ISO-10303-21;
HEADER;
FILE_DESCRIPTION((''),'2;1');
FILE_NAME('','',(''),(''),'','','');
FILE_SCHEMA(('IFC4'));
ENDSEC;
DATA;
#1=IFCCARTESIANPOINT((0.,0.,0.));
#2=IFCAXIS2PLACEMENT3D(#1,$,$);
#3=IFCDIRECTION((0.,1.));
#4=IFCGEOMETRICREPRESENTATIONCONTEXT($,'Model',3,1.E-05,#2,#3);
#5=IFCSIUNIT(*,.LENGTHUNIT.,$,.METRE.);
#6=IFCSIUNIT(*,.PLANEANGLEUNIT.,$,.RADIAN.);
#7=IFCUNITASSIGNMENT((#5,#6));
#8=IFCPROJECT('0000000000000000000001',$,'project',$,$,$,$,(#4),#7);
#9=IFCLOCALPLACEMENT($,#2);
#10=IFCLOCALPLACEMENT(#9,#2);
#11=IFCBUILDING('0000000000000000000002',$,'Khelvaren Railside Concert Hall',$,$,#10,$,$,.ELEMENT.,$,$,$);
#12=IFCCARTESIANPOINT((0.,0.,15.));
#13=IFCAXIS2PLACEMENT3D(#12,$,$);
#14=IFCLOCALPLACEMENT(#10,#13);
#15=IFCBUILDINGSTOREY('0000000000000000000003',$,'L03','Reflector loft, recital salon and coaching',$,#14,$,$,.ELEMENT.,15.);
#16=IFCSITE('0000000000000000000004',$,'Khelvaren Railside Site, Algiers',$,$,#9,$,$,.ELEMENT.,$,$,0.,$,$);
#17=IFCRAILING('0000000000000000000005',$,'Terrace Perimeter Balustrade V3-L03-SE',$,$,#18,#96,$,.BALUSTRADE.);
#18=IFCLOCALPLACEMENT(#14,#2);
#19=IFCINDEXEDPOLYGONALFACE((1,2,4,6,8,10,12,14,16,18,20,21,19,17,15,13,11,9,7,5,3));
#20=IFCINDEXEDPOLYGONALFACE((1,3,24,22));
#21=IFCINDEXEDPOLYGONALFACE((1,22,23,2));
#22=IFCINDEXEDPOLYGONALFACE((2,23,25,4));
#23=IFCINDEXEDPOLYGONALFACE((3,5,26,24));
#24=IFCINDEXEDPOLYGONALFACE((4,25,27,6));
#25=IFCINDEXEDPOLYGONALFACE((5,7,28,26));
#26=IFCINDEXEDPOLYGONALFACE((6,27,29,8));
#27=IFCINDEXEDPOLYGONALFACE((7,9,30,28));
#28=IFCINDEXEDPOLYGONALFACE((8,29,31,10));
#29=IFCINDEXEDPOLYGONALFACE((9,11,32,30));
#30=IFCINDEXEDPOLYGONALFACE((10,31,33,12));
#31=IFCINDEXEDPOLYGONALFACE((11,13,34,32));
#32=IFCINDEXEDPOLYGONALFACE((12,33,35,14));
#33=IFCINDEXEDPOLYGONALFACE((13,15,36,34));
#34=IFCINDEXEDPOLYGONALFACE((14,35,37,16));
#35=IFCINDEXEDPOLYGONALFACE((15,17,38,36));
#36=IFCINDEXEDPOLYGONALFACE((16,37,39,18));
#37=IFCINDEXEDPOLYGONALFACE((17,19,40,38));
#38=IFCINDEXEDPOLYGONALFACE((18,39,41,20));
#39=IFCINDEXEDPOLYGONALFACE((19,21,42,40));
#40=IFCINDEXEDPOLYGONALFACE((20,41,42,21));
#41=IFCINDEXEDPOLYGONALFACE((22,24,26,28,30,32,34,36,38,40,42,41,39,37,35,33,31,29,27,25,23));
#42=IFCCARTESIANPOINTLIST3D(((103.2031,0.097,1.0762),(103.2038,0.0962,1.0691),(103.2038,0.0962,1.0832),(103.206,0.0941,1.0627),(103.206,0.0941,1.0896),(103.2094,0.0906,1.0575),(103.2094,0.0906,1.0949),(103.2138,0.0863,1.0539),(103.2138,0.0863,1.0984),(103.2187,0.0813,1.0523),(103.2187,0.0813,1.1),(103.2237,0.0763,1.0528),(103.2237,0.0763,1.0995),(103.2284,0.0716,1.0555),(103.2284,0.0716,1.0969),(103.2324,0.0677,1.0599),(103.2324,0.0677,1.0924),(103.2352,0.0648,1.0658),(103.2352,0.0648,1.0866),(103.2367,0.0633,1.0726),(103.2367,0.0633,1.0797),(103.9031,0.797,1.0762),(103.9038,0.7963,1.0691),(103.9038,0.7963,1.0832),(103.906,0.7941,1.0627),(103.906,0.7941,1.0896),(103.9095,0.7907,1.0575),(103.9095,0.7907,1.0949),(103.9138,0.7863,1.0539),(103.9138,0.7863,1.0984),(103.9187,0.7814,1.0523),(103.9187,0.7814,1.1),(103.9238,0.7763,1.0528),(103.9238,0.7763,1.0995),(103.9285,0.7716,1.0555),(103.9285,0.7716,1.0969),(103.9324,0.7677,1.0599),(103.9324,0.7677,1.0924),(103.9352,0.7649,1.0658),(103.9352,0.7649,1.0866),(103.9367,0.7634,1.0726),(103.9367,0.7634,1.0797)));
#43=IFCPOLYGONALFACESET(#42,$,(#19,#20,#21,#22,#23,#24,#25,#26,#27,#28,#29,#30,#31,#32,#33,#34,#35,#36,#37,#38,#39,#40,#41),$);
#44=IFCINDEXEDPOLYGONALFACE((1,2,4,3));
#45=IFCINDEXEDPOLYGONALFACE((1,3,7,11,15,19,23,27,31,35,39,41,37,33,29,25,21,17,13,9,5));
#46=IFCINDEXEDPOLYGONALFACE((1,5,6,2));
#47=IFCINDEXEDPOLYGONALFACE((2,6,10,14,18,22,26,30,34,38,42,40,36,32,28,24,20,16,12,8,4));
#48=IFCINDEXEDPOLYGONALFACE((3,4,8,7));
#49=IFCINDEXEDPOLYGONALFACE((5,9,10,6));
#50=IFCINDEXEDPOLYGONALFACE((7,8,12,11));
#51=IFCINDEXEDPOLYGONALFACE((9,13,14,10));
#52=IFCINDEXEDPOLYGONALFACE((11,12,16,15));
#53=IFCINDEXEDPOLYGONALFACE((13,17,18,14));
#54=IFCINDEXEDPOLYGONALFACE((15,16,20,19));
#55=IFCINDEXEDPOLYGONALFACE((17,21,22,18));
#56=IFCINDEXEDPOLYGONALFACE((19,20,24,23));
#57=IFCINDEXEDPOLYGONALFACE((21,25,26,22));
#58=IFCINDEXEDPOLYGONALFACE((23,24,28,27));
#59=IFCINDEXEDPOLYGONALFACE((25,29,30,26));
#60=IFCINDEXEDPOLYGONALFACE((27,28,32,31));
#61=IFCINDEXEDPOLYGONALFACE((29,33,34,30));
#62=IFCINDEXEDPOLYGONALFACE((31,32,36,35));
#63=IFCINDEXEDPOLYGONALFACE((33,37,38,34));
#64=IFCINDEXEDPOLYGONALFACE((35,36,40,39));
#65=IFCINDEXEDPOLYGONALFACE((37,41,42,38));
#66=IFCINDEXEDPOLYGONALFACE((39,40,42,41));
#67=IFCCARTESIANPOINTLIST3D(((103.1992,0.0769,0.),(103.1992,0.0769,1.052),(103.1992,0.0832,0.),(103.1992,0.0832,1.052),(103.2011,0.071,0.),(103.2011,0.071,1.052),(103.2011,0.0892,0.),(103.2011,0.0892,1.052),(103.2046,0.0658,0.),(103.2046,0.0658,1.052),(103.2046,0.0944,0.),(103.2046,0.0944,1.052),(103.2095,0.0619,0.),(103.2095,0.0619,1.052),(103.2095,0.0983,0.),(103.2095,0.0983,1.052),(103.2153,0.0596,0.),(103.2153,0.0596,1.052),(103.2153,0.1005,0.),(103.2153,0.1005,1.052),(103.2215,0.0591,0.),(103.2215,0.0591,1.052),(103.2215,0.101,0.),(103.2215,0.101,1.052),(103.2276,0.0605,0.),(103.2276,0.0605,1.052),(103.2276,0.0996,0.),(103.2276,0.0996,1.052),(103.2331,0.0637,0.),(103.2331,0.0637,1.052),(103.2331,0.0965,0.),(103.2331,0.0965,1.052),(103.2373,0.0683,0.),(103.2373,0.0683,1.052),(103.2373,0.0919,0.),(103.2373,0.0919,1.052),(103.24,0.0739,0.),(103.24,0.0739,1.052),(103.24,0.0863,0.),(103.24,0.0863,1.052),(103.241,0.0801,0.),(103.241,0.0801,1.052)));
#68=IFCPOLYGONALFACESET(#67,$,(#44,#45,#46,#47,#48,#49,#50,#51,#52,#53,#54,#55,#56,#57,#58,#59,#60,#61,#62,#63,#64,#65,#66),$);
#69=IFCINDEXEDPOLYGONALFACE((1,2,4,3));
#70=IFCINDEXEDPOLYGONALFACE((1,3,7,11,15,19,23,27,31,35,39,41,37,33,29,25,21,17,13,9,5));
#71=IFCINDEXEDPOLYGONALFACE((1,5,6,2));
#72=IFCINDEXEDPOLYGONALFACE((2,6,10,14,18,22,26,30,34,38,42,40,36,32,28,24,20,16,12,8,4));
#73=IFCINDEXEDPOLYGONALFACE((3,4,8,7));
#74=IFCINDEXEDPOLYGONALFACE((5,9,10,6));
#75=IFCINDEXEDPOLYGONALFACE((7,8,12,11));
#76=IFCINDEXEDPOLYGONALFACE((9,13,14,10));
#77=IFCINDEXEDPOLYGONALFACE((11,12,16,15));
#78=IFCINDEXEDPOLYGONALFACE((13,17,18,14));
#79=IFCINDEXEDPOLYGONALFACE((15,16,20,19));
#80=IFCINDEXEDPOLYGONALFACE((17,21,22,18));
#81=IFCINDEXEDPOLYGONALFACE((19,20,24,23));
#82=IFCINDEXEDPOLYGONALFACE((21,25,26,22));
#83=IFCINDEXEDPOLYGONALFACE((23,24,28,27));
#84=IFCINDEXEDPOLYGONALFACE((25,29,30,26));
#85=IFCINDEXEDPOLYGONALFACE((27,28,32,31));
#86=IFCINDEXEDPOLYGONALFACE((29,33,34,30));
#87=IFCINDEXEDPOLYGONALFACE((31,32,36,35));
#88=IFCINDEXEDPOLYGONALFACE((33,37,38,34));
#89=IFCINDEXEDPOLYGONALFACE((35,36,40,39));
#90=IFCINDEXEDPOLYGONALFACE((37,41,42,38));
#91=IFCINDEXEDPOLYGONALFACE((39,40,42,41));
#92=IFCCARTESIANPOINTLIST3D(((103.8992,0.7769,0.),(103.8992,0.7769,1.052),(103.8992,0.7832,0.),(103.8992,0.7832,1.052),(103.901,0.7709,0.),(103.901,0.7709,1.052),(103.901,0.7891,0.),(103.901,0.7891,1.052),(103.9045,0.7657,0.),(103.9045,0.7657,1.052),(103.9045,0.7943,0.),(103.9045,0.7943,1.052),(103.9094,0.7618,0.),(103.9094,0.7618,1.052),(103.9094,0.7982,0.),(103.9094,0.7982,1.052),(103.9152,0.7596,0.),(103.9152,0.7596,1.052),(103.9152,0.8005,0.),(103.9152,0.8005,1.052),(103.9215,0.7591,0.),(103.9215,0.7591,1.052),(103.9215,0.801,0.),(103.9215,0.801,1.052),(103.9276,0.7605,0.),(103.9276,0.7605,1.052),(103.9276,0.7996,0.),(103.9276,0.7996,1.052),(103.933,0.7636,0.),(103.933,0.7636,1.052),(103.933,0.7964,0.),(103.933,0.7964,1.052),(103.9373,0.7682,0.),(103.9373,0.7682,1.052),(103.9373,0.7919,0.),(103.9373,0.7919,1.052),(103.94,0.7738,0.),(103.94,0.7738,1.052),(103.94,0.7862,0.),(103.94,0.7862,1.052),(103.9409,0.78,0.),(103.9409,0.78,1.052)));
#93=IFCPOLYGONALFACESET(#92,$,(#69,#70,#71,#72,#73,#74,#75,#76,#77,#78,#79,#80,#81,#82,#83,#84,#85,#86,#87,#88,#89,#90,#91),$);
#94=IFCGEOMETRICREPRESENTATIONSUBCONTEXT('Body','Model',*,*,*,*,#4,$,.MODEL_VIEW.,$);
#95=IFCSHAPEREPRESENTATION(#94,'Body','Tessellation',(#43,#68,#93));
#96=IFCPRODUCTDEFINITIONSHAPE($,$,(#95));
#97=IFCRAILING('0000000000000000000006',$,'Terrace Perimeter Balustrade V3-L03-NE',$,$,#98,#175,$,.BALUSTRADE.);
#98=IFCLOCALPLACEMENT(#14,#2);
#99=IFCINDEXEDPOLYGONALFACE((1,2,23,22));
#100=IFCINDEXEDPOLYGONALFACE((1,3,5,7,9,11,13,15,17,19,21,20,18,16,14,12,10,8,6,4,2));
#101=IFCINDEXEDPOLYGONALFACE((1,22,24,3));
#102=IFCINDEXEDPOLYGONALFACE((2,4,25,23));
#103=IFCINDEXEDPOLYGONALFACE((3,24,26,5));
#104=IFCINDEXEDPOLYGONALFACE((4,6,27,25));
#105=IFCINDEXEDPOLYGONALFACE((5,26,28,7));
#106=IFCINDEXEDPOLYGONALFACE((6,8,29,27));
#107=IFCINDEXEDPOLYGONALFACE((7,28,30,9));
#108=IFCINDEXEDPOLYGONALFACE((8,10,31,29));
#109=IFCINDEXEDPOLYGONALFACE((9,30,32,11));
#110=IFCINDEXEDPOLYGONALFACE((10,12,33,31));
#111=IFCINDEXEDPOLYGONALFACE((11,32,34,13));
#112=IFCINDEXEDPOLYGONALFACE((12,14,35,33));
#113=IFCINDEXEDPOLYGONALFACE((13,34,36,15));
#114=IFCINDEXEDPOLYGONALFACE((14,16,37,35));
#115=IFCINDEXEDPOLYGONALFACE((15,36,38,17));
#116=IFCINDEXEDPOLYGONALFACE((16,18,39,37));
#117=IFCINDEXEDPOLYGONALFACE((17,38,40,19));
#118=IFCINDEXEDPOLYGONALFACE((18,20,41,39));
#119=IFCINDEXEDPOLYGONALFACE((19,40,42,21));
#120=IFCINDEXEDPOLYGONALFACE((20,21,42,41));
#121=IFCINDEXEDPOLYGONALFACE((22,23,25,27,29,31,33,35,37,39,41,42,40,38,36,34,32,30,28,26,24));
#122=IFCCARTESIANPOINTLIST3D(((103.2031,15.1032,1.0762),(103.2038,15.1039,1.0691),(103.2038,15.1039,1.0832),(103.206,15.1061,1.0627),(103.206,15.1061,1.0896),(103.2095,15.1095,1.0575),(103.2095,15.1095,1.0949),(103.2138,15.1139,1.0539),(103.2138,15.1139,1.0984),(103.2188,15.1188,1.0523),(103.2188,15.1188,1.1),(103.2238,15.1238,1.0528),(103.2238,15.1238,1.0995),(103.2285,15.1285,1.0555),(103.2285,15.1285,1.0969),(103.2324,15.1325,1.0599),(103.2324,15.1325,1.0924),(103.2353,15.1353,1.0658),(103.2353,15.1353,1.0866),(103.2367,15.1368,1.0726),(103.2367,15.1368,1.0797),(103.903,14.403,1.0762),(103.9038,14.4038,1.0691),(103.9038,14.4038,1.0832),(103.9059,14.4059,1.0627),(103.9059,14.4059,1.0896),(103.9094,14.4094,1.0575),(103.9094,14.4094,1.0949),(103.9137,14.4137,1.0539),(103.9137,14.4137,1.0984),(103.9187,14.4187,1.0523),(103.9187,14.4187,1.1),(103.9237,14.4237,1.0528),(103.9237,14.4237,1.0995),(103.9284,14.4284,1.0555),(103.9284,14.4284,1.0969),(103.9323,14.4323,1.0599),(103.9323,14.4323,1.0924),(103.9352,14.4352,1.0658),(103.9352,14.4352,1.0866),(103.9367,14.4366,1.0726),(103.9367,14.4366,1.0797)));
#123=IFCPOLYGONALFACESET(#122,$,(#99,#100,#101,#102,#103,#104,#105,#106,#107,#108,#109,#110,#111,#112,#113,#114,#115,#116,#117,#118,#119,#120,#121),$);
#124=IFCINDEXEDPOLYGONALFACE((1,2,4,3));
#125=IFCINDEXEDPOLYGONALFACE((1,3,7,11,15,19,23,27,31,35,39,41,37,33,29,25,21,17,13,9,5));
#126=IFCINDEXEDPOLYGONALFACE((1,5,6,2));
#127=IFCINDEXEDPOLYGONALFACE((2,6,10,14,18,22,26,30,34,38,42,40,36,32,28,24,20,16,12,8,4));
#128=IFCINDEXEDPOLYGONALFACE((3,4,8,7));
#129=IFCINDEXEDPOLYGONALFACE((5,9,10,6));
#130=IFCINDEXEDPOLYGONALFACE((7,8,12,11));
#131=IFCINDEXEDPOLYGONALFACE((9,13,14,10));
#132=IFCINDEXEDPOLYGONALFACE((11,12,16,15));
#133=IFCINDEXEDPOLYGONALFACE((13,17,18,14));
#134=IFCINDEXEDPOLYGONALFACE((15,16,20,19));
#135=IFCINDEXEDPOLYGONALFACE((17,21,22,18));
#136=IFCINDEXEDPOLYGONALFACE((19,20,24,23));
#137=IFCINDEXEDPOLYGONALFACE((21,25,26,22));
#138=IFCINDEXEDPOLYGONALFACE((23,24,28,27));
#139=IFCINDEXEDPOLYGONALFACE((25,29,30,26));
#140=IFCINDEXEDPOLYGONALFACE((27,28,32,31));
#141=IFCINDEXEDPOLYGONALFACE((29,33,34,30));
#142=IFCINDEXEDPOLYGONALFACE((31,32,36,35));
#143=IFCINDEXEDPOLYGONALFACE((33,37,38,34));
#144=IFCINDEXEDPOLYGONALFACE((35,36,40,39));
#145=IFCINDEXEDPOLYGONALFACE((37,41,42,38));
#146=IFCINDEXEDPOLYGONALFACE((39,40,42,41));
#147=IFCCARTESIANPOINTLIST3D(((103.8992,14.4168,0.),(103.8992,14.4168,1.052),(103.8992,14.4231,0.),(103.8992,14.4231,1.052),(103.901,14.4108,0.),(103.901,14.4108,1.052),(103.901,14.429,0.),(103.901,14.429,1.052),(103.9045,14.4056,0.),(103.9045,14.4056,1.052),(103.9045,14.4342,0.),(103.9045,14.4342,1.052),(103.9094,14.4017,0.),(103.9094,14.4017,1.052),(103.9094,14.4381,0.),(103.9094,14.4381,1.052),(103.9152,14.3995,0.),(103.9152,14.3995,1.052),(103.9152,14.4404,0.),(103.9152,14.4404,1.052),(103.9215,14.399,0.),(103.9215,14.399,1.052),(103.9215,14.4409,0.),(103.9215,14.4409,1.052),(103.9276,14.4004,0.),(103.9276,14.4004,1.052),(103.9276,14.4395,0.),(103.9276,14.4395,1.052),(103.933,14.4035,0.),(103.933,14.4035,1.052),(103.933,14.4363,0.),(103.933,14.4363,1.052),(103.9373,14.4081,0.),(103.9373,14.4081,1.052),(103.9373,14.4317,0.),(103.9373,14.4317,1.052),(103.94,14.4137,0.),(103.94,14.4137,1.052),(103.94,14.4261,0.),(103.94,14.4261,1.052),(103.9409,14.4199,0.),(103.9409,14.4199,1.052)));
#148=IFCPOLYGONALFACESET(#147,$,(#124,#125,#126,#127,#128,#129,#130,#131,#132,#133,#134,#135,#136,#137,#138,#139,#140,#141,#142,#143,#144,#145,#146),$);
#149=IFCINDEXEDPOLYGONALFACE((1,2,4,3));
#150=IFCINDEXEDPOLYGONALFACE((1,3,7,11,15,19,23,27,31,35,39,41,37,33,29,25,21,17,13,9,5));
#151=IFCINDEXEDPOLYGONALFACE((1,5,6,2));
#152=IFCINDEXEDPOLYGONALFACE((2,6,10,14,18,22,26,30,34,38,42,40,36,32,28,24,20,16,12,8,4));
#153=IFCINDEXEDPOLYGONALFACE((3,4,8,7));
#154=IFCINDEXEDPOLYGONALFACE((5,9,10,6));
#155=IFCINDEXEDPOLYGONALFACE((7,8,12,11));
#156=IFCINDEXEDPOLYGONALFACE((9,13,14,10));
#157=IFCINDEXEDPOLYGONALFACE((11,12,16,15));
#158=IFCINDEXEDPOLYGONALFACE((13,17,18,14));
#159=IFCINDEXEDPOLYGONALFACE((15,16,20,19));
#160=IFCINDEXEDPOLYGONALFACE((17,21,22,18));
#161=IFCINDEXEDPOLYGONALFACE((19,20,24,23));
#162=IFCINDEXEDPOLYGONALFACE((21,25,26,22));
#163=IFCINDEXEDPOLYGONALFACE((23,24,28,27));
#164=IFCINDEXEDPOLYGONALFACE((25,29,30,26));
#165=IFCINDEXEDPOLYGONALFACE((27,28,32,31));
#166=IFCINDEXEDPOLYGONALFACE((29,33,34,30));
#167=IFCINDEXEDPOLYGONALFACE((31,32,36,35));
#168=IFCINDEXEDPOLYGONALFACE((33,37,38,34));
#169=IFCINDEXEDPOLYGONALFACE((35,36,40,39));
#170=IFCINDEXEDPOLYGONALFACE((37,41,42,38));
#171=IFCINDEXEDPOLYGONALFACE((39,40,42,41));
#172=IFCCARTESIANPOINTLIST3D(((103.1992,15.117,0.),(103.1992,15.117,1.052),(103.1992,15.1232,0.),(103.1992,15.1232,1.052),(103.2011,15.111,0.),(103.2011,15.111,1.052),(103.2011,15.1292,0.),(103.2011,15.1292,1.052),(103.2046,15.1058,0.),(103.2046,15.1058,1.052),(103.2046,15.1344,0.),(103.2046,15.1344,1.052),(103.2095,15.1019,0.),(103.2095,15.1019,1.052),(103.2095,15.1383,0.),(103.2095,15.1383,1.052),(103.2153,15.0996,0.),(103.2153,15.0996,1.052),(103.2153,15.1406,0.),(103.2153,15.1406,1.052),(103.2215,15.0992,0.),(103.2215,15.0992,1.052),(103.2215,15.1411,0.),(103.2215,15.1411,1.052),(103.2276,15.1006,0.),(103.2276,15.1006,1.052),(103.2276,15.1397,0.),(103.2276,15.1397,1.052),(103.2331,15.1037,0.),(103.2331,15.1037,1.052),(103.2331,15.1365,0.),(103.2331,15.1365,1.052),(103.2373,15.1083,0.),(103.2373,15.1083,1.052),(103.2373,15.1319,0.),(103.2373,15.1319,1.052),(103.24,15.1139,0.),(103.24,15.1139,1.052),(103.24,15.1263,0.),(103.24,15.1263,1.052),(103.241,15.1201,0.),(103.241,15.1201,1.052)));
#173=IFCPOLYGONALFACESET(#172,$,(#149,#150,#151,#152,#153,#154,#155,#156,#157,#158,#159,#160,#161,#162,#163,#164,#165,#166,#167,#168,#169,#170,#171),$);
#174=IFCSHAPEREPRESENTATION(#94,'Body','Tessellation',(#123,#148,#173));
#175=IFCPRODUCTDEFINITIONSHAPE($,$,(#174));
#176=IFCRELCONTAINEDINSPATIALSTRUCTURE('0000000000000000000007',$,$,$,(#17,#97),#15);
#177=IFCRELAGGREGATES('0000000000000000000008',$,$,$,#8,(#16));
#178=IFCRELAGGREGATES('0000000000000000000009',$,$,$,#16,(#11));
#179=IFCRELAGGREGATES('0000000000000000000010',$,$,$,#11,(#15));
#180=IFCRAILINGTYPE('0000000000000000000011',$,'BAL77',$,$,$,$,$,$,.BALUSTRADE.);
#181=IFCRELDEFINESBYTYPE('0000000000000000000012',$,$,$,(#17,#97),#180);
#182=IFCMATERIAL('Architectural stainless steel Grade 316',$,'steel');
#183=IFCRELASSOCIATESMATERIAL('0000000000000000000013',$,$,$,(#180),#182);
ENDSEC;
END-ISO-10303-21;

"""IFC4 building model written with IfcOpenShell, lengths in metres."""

from ifc_helpers import new_model, si_unit, direction, frame, origin, origin_2d, place, context, subcontext, project, spatial, circle, extrude, material, type_object, element, save


model = new_model("IFC4")

# Units and contexts
model_context = context("Model", 3, precision=1e-05, world=origin(), true_north=direction((0.0, 1.0)))
body_context = subcontext(model_context, "Body", "Model", "MODEL_VIEW")
ifc_project = project(units=[si_unit("LENGTHUNIT", "METRE"), si_unit("PLANEANGLEUNIT", "RADIAN")], contexts=[model_context])

# Site, building, storey
site_placement = place(None, origin())
site = spatial("IfcSite", under=ifc_project, at=site_placement, Name="Khelvaren Railside Site, Algiers", CompositionType="ELEMENT", RefElevation=0.0)
building_placement = place(site_placement, origin())
building = spatial("IfcBuilding", under=site, at=building_placement, Name="Khelvaren Railside Concert Hall", CompositionType="ELEMENT")
storey_placement = place(building_placement, frame((0.0, 0.0, 15.0)))
storey = spatial("IfcBuildingStorey", under=building, at=storey_placement, Name="L03", Description="Reflector loft, recital salon and coaching", CompositionType="ELEMENT", Elevation=15.0)

# Railings
ifc_material_1 = material(Name="Architectural stainless steel Grade 316", Category="steel")
railing_type = type_object("IfcRailingType", Name="BAL77", PredefinedType="BALUSTRADE", material=ifc_material_1)
railing_1_placement = place(storey_placement, frame((103.22, 0.0801, 0.0)))
element("IfcRailing", 1, at=railing_1_placement, inside=storey, type_object=railing_type, Name="Terrace Perimeter Balustrade V3-L03-SE", PredefinedType="BALUSTRADE", context=body_context, shape_type="SweptSolid", body=[
    extrude(circle(Radius=0.0239, at=origin_2d()), frame((0.0, 0.0, 1.0762), z_axis=(0.707107, 0.707107, 0.0), x_axis=(-0.707107, 0.707107, 0.0)), (0.0, 0.0, 1.0), 0.99),
    extrude(circle(Radius=0.021, at=origin_2d()), origin(), (0.0, 0.0, 1.0), 1.052),
    extrude(circle(Radius=0.021, at=origin_2d()), frame((0.7, 0.7, 0.0)), (0.0, 0.0, 1.0), 1.052),
])
railing_2_placement = place(storey_placement, frame((103.9199, 14.4199, 0.0)))
element("IfcRailing", 2, at=railing_2_placement, inside=storey, type_object=railing_type, Name="Terrace Perimeter Balustrade V3-L03-NE", PredefinedType="BALUSTRADE", context=body_context, shape_type="SweptSolid", body=[
    extrude(circle(Radius=0.0239, at=origin_2d()), frame((0.0, 0.0, 1.0762), z_axis=(-0.706983, 0.70723, 0.0), x_axis=(-0.70723, -0.706983, 0.0)), (0.0, 0.0, 1.0), 0.99),
    extrude(circle(Radius=0.021, at=origin_2d()), origin(), (0.0, 0.0, 1.0), 1.052),
    extrude(circle(Radius=0.021, at=origin_2d()), frame((-0.7, 0.7002, 0.0)), (0.0, 0.0, 1.0), 1.052),
])

save(model, "model.ifc")
